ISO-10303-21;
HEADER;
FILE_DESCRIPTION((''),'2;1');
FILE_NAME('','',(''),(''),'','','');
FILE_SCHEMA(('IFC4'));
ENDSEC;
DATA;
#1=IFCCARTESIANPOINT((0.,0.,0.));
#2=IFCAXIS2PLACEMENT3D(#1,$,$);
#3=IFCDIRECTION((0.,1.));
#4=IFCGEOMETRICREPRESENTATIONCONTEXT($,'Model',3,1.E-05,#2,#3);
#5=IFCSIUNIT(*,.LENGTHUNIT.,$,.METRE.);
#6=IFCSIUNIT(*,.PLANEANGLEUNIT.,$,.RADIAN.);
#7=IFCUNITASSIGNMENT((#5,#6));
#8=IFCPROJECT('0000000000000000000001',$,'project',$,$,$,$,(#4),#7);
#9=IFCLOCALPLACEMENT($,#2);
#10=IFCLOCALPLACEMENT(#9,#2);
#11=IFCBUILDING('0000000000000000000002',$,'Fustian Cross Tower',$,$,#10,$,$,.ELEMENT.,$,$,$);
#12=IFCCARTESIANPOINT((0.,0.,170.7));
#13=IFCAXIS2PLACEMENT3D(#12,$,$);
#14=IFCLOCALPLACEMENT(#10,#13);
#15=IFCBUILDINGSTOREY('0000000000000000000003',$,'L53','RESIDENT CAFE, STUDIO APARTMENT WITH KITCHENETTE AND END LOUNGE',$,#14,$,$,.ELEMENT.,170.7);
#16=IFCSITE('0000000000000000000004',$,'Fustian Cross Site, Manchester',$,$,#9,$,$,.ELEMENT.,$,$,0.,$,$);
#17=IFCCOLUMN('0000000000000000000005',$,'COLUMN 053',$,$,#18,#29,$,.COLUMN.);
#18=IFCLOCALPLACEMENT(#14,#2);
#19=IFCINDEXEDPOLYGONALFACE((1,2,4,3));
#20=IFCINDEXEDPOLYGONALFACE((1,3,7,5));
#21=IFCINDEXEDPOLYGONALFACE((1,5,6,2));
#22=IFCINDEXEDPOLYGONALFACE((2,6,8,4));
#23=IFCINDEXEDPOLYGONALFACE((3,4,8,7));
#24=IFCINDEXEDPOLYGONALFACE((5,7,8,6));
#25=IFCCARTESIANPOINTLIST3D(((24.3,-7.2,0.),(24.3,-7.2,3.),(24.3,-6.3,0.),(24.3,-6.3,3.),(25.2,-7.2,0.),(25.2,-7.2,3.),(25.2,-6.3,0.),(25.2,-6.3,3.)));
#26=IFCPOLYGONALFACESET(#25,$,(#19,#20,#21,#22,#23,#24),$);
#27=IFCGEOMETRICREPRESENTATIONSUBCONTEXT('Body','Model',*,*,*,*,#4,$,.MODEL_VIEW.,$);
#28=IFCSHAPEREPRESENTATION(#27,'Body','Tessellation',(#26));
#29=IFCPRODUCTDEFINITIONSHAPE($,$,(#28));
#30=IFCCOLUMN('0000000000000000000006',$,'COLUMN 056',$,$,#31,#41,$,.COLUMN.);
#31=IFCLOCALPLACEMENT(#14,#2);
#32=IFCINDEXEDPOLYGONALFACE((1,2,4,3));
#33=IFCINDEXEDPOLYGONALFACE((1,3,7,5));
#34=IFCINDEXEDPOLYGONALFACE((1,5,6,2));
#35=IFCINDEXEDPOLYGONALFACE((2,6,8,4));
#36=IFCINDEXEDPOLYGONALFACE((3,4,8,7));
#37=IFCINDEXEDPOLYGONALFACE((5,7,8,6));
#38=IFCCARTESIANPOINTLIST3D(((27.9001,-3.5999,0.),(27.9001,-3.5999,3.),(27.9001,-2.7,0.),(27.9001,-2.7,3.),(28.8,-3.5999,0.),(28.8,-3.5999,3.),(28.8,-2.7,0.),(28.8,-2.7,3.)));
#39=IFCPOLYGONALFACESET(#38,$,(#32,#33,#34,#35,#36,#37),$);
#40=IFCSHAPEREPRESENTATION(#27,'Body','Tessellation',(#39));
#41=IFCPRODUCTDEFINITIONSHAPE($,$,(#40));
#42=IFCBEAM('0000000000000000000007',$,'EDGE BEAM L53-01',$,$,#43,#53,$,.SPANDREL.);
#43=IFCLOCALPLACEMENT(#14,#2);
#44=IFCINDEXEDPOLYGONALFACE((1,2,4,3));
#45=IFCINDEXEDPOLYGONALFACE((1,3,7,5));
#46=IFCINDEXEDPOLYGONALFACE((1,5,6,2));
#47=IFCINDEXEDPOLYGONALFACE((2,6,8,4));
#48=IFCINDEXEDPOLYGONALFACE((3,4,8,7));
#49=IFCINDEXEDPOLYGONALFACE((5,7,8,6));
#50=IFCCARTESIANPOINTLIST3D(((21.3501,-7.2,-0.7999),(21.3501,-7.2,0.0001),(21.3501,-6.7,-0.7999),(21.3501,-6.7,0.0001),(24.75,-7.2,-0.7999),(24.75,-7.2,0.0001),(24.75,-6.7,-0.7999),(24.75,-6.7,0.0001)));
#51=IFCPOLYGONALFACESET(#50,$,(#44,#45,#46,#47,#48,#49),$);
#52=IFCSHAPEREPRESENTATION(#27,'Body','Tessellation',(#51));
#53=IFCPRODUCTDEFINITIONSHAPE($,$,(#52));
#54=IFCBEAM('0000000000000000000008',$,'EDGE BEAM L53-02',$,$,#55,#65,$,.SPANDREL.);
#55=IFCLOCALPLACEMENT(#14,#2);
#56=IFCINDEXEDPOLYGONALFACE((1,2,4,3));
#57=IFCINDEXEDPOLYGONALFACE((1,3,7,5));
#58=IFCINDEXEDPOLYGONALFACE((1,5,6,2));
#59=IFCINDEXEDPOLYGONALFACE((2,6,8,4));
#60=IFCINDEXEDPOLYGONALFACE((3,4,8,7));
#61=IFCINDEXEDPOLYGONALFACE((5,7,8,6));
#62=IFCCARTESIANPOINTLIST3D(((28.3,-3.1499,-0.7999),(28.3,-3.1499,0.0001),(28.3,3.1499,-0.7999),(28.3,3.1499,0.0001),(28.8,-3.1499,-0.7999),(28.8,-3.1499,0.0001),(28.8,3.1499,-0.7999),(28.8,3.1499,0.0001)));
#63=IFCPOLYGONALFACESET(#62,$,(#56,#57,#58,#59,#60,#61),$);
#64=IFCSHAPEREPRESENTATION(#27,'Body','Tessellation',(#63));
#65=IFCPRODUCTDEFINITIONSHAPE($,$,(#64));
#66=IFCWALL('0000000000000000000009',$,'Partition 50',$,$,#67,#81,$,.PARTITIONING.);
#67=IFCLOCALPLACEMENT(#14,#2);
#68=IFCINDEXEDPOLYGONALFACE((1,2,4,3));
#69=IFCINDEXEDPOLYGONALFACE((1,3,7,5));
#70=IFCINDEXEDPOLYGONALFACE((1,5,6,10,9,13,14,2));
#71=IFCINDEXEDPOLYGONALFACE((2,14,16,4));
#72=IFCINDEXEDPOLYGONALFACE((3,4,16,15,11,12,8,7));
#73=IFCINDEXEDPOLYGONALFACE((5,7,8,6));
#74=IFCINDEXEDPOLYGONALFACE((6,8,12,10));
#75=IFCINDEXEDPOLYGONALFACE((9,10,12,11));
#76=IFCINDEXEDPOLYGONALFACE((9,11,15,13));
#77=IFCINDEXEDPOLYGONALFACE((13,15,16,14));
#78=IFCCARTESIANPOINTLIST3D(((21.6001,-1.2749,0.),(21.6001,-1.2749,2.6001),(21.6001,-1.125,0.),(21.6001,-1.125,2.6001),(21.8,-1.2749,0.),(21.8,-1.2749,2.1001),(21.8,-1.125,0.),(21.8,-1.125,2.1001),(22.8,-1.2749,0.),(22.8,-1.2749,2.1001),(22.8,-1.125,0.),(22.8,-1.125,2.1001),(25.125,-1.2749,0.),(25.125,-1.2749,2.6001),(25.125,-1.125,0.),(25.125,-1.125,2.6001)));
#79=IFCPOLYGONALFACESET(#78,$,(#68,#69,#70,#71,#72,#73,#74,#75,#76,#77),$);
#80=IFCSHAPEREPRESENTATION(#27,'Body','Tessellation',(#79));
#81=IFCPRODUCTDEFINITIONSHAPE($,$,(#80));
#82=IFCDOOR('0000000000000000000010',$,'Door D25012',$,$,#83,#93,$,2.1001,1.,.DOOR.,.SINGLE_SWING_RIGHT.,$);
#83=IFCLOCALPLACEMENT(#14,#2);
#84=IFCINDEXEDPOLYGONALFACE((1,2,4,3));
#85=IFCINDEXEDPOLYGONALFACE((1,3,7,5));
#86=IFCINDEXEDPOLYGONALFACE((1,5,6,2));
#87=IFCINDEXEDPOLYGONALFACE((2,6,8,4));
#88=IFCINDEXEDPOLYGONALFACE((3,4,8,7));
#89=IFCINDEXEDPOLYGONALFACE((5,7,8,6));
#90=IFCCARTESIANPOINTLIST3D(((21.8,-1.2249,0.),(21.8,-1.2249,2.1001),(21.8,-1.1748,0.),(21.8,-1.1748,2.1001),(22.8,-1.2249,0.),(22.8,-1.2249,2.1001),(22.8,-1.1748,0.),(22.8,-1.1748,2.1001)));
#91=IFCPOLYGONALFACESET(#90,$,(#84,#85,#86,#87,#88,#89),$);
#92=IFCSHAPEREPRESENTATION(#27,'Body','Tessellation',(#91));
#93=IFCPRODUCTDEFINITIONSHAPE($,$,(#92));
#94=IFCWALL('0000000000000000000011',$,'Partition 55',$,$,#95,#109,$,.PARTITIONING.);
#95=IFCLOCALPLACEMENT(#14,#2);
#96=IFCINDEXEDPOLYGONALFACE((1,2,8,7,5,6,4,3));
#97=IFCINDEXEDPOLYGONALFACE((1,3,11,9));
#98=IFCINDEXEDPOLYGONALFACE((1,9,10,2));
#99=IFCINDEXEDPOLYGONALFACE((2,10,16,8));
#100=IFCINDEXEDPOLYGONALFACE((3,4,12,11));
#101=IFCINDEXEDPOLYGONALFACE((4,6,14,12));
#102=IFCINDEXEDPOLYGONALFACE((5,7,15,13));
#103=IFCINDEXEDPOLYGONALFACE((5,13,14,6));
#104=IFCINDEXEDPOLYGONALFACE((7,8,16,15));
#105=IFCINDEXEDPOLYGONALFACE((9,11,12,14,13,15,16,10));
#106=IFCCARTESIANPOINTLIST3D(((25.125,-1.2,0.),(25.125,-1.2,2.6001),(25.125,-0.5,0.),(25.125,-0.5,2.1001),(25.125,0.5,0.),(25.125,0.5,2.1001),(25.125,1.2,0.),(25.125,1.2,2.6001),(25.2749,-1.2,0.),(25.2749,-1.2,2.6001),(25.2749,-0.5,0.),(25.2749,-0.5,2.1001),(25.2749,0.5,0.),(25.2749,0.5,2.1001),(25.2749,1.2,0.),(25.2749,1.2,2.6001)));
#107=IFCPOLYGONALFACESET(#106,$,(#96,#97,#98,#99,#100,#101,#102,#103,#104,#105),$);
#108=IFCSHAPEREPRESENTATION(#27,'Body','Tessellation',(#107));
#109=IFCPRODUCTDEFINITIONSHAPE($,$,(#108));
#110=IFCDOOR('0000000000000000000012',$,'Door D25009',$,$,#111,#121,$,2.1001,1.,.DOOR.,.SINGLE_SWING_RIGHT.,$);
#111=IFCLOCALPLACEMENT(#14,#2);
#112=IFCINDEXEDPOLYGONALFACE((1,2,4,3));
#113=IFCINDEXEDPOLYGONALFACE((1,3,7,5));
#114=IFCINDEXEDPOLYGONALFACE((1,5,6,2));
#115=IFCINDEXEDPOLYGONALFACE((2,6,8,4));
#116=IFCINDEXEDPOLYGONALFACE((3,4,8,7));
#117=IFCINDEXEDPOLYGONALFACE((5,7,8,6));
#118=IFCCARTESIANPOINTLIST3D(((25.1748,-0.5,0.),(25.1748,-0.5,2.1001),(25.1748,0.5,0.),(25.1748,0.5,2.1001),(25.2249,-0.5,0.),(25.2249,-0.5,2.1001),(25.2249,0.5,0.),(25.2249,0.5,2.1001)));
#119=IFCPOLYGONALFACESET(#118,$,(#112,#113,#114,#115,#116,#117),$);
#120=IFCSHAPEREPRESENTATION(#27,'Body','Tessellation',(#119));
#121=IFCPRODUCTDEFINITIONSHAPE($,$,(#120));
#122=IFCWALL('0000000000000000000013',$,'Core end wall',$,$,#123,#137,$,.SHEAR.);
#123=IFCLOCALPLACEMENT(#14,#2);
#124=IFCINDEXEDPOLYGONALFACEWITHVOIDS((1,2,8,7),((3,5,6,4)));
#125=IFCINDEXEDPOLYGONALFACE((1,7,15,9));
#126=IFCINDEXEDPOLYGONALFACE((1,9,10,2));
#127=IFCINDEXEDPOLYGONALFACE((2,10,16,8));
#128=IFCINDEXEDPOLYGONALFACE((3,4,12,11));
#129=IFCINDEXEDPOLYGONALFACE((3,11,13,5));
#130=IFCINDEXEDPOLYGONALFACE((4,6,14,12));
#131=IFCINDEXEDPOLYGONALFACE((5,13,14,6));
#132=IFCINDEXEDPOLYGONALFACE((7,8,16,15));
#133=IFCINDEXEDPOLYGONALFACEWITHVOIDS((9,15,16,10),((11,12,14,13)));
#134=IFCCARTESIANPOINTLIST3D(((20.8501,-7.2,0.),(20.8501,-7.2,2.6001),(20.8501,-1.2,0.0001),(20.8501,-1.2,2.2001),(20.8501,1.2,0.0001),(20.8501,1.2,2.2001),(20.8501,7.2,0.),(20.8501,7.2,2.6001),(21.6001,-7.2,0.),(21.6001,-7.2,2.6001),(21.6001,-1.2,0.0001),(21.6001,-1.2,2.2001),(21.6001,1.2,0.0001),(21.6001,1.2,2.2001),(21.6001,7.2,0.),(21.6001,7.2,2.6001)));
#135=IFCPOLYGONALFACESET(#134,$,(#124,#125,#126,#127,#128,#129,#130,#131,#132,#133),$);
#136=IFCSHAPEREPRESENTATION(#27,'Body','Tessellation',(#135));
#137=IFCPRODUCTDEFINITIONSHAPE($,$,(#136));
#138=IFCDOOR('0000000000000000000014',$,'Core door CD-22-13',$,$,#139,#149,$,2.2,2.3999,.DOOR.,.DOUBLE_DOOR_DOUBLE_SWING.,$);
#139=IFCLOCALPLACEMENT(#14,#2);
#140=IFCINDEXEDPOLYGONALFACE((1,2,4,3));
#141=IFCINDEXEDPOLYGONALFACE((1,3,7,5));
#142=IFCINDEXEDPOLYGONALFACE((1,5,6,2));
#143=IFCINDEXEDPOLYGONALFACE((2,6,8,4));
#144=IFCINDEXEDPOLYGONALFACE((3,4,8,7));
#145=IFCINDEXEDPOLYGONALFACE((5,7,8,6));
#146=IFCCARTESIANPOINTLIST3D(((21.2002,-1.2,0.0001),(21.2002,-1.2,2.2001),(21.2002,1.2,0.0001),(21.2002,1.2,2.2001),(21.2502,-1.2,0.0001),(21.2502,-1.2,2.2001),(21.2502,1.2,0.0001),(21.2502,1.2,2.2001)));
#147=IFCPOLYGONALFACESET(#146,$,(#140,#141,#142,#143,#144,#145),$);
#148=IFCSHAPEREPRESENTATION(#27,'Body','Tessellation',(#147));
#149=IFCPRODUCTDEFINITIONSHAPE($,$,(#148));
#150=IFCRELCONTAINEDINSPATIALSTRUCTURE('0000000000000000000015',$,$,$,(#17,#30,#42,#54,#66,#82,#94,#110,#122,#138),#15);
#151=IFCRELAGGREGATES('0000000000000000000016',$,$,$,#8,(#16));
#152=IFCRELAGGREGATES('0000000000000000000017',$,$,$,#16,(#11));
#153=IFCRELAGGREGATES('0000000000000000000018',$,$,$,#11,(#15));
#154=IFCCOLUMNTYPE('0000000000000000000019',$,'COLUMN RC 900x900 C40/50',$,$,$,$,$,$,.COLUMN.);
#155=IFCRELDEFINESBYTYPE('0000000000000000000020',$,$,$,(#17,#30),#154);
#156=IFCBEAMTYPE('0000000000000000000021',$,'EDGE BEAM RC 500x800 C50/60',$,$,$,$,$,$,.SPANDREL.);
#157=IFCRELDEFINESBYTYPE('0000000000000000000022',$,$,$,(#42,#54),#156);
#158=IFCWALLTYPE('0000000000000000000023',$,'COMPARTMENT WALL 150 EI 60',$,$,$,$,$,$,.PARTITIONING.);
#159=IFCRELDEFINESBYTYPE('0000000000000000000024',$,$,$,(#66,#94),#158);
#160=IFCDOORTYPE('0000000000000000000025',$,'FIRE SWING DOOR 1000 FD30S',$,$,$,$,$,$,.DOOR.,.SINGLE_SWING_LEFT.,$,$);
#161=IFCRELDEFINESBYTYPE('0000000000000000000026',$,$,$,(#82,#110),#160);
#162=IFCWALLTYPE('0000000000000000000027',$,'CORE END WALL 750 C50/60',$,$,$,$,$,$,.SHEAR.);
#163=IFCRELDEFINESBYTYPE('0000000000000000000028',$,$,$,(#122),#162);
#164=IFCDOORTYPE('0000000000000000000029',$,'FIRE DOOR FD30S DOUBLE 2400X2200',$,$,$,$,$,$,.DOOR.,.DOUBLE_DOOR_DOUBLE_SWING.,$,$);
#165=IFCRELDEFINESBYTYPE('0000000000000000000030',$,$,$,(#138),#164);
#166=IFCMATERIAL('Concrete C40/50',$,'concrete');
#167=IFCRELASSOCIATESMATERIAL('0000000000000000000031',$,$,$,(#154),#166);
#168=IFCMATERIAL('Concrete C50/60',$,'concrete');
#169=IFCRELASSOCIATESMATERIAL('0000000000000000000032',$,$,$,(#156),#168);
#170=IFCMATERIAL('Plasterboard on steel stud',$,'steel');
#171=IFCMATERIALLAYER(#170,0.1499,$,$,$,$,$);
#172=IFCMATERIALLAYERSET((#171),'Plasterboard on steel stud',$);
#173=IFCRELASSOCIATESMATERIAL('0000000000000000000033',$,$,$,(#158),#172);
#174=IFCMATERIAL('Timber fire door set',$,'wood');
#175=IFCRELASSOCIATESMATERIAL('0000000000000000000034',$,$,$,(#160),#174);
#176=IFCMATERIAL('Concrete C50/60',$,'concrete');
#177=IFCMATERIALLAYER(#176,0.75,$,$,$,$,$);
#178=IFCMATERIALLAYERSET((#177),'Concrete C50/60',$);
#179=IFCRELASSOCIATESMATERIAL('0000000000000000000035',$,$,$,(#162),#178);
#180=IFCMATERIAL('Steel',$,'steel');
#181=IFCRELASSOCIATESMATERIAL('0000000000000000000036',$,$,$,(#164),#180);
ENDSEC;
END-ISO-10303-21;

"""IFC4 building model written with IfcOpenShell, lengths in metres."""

from ifc_helpers import new_model, si_unit, direction, frame, frame_2d, origin, origin_2d, place, context, subcontext, project, spatial, rectangle, extrude, material, layer, layer_set, material_profile, profile_set, type_object, element, fill, save


model = new_model("IFC4")

# Units and contexts
model_context = context("Model", 3, precision=1e-05, world=origin(), true_north=direction((0.0, 1.0)))
body_context = subcontext(model_context, "Body", "Model", "MODEL_VIEW")
ifc_project = project(units=[si_unit("LENGTHUNIT", "METRE"), si_unit("PLANEANGLEUNIT", "RADIAN")], contexts=[model_context])

# Site, building, storey
site_placement = place(None, origin())
site = spatial("IfcSite", under=ifc_project, at=site_placement, Name="Fustian Cross Site, Manchester", CompositionType="ELEMENT", RefElevation=0.0)
building_placement = place(site_placement, origin())
building = spatial("IfcBuilding", under=site, at=building_placement, Name="Fustian Cross Tower", CompositionType="ELEMENT")
storey_placement = place(building_placement, frame((0.0, 0.0, 170.7)))
storey = spatial("IfcBuildingStorey", under=building, at=storey_placement, Name="L53", Description="RESIDENT CAFE, STUDIO APARTMENT WITH KITCHENETTE AND END LOUNGE", CompositionType="ELEMENT", Elevation=170.7)

# Columns
ifc_material_1 = material(Name="Concrete C40/50", Category="concrete")
ifc_material_profile_1 = material_profile(ifc_material_1, rectangle(XDim=0.8999, YDim=0.8999, at=origin_2d()), Name="RC 900x900")
ifc_profile_set_1 = profile_set([ifc_material_profile_1], Name="Concrete C40/50")
column_type = type_object("IfcColumnType", Name="COLUMN RC 900x900 C40/50", PredefinedType="COLUMN", material=ifc_profile_set_1)
for number, where, z_axis, x_axis, name in (
    (1, (24.75, -6.75, 0.0), (0.0, 0.0, 1.0), (1.0, 0.0, 0.0), "COLUMN 053"),
    (2, (28.3501, -3.1499, 0.0), (0.0, 0.0, 1.0), (1.0, 0.0, 0.0), "COLUMN 056"),
):
    element("IfcColumn", number, at=place(storey_placement, frame(where, z_axis=z_axis, x_axis=x_axis)), inside=storey, type_object=column_type, Name=name, PredefinedType="COLUMN", context=body_context, shape_type="SweptSolid", body=[
        extrude(rectangle(XDim=0.8999, YDim=0.8999, at=origin_2d()), origin(), (0.0, 0.0, 1.0), 3.0),
    ])

# Beams
ifc_material_2 = material(Name="Concrete C50/60", Category="concrete")
ifc_material_profile_2 = material_profile(ifc_material_2, rectangle(XDim=0.5, YDim=0.8, at=origin_2d()), Name="RC 500x800")
ifc_profile_set_2 = profile_set([ifc_material_profile_2], Name="Concrete C50/60")
beam_type = type_object("IfcBeamType", Name="EDGE BEAM RC 500x800 C50/60", PredefinedType="SPANDREL", material=ifc_profile_set_2)
beam_1_placement = place(storey_placement, frame((21.3501, -6.95, -0.3999), z_axis=(1.0, 0.0, 0.0), x_axis=(0.0, 1.0, 0.0)))
element("IfcBeam", 3, at=beam_1_placement, inside=storey, type_object=beam_type, Name="EDGE BEAM L53-01", PredefinedType="SPANDREL", context=body_context, shape_type="SweptSolid", body=[
    extrude(rectangle(XDim=0.5, YDim=0.8, at=origin_2d()), origin(), (0.0, 0.0, 1.0), 3.3999),
])
beam_2_placement = place(storey_placement, frame((28.55, -3.1499, -0.3999), z_axis=(0.0, 1.0, 0.0), x_axis=(-1.0, 0.0, 0.0)))
element("IfcBeam", 4, at=beam_2_placement, inside=storey, type_object=beam_type, Name="EDGE BEAM L53-02", PredefinedType="SPANDREL", context=body_context, shape_type="SweptSolid", body=[
    extrude(rectangle(XDim=0.5, YDim=0.8, at=origin_2d()), origin(), (0.0, 0.0, 1.0), 6.2998),
])

# Walls, openings, doors
ifc_material_3 = material(Name="Plasterboard on steel stud", Category="steel")
ifc_layer_1 = layer(ifc_material_3, 0.1499)
ifc_layer_set_1 = layer_set([ifc_layer_1], Name="Plasterboard on steel stud")
wall_type_1 = type_object("IfcWallType", Name="COMPARTMENT WALL 150 EI 60", PredefinedType="PARTITIONING", material=ifc_layer_set_1)
wall_1_placement = place(storey_placement, frame((21.6001, -1.2, 0.0), z_axis=(0.0, 0.0, 1.0), x_axis=(1.0, 0.0, 0.0)))
wall_1 = element("IfcWall", 5, at=wall_1_placement, inside=storey, type_object=wall_type_1, Name="Partition 50", PredefinedType="PARTITIONING", context=body_context, shape_type="SweptSolid", body=[
    extrude(rectangle(XDim=3.5249, YDim=0.1499, at=frame_2d((1.7625, 0.0))), origin(), (0.0, 0.0, 1.0), 2.6001),
])
opening_1_placement = place(wall_1_placement, frame((0.2, 0.0, 0.0)))
opening_1 = element("IfcOpeningElement", 6, at=opening_1_placement, cuts=wall_1, PredefinedType="OPENING", context=body_context, shape_type="SweptSolid", body=[
    extrude(rectangle(XDim=1.0, YDim=2.1001, at=frame_2d((0.5, 1.05))), frame((0.0, 0.085, 0.0), z_axis=(0.0, -1.0, 0.0), x_axis=(1.0, 0.0, 0.0)), (0.0, 0.0, 1.0), 0.1699),
])
ifc_material_4 = material(Name="Timber fire door set", Category="wood")
door_type_1 = type_object("IfcDoorType", Name="FIRE SWING DOOR 1000 FD30S", OperationType="SINGLE_SWING_LEFT", PredefinedType="DOOR", material=ifc_material_4)
door_1_placement = place(opening_1_placement, frame((1.0, 0.0, 0.0), z_axis=(0.0, 0.0, 1.0), x_axis=(-1.0, 0.0, 0.0)))
door_1 = element("IfcDoor", 7, at=door_1_placement, inside=storey, type_object=door_type_1, Name="Door D25012", OperationType="SINGLE_SWING_RIGHT", OverallHeight=2.1001, OverallWidth=1.0, PredefinedType="DOOR", context=body_context, shape_type="SweptSolid", body=[
    extrude(rectangle(XDim=1.0, YDim=2.1001, at=frame_2d((0.5, 1.05))), frame((0.0, 0.0249, 0.0), z_axis=(0.0, -1.0, 0.0), x_axis=(1.0, 0.0, 0.0)), (0.0, 0.0, 1.0), 0.05),
])
fill(opening_1, door_1)
wall_2_placement = place(storey_placement, frame((25.2, -1.2, 0.0), z_axis=(0.0, 0.0, 1.0), x_axis=(0.0, 1.0, 0.0)))
wall_2 = element("IfcWall", 8, at=wall_2_placement, inside=storey, type_object=wall_type_1, Name="Partition 55", PredefinedType="PARTITIONING", context=body_context, shape_type="SweptSolid", body=[
    extrude(rectangle(XDim=2.3999, YDim=0.1499, at=frame_2d((1.2, 0.0))), origin(), (0.0, 0.0, 1.0), 2.6001),
])
opening_2_placement = place(wall_2_placement, frame((0.7, 0.0, 0.0)))
opening_2 = element("IfcOpeningElement", 9, at=opening_2_placement, cuts=wall_2, PredefinedType="OPENING", context=body_context, shape_type="SweptSolid", body=[
    extrude(rectangle(XDim=1.0, YDim=2.1001, at=frame_2d((0.5, 1.05))), frame((0.0, 0.085, 0.0), z_axis=(0.0, -1.0, 0.0), x_axis=(1.0, 0.0, 0.0)), (0.0, 0.0, 1.0), 0.1699),
])
door_2_placement = place(opening_2_placement, frame((1.0, 0.0, 0.0), z_axis=(0.0, 0.0, 1.0), x_axis=(-1.0, 0.0, 0.0)))
door_2 = element("IfcDoor", 10, at=door_2_placement, inside=storey, type_object=door_type_1, Name="Door D25009", OperationType="SINGLE_SWING_RIGHT", OverallHeight=2.1001, OverallWidth=1.0, PredefinedType="DOOR", context=body_context, shape_type="SweptSolid", body=[
    extrude(rectangle(XDim=1.0, YDim=2.1001, at=frame_2d((0.5, 1.05))), frame((0.0, 0.0249, 0.0), z_axis=(0.0, -1.0, 0.0), x_axis=(1.0, 0.0, 0.0)), (0.0, 0.0, 1.0), 0.05),
])
fill(opening_2, door_2)
ifc_material_5 = material(Name="Concrete C50/60", Category="concrete")
ifc_layer_2 = layer(ifc_material_5, 0.75)
ifc_layer_set_2 = layer_set([ifc_layer_2], Name="Concrete C50/60")
wall_type_2 = type_object("IfcWallType", Name="CORE END WALL 750 C50/60", PredefinedType="SHEAR", material=ifc_layer_set_2)
wall_3_placement = place(storey_placement, frame((21.2251, -7.2, 0.0), z_axis=(0.0, 0.0, 1.0), x_axis=(0.0, 1.0, 0.0)))
wall_3 = element("IfcWall", 11, at=wall_3_placement, inside=storey, type_object=wall_type_2, Name="Core end wall", PredefinedType="SHEAR", context=body_context, shape_type="SweptSolid", body=[
    extrude(rectangle(XDim=14.3999, YDim=0.75, at=frame_2d((7.2, 0.0))), origin(), (0.0, 0.0, 1.0), 2.6001),
])
opening_3_placement = place(wall_3_placement, frame((6.0, 0.0, 0.0)))
opening_3 = element("IfcOpeningElement", 12, at=opening_3_placement, cuts=wall_3, PredefinedType="OPENING", context=body_context, shape_type="SweptSolid", body=[
    extrude(rectangle(XDim=2.3999, YDim=2.2, at=frame_2d((1.2, 1.1001))), frame((0.0, 0.385, 0.0), z_axis=(0.0, -1.0, 0.0), x_axis=(1.0, 0.0, 0.0)), (0.0, 0.0, 1.0), 0.77),
])
ifc_material_6 = material(Name="Steel", Category="steel")
door_type_2 = type_object("IfcDoorType", Name="FIRE DOOR FD30S DOUBLE 2400X2200", OperationType="DOUBLE_DOOR_DOUBLE_SWING", PredefinedType="DOOR", material=ifc_material_6)
door_3_placement = place(opening_3_placement, origin())
door_3 = element("IfcDoor", 13, at=door_3_placement, inside=storey, type_object=door_type_2, Name="Core door CD-22-13", OperationType="DOUBLE_DOOR_DOUBLE_SWING", OverallHeight=2.2, OverallWidth=2.3999, PredefinedType="DOOR", context=body_context, shape_type="SweptSolid", body=[
    extrude(rectangle(XDim=2.3999, YDim=2.2, at=frame_2d((1.2, 1.1001))), frame((0.0, 0.0249, 0.0), z_axis=(0.0, -1.0, 0.0), x_axis=(1.0, 0.0, 0.0)), (0.0, 0.0, 1.0), 0.05),
])
fill(opening_3, door_3)

save(model, "model.ifc")
